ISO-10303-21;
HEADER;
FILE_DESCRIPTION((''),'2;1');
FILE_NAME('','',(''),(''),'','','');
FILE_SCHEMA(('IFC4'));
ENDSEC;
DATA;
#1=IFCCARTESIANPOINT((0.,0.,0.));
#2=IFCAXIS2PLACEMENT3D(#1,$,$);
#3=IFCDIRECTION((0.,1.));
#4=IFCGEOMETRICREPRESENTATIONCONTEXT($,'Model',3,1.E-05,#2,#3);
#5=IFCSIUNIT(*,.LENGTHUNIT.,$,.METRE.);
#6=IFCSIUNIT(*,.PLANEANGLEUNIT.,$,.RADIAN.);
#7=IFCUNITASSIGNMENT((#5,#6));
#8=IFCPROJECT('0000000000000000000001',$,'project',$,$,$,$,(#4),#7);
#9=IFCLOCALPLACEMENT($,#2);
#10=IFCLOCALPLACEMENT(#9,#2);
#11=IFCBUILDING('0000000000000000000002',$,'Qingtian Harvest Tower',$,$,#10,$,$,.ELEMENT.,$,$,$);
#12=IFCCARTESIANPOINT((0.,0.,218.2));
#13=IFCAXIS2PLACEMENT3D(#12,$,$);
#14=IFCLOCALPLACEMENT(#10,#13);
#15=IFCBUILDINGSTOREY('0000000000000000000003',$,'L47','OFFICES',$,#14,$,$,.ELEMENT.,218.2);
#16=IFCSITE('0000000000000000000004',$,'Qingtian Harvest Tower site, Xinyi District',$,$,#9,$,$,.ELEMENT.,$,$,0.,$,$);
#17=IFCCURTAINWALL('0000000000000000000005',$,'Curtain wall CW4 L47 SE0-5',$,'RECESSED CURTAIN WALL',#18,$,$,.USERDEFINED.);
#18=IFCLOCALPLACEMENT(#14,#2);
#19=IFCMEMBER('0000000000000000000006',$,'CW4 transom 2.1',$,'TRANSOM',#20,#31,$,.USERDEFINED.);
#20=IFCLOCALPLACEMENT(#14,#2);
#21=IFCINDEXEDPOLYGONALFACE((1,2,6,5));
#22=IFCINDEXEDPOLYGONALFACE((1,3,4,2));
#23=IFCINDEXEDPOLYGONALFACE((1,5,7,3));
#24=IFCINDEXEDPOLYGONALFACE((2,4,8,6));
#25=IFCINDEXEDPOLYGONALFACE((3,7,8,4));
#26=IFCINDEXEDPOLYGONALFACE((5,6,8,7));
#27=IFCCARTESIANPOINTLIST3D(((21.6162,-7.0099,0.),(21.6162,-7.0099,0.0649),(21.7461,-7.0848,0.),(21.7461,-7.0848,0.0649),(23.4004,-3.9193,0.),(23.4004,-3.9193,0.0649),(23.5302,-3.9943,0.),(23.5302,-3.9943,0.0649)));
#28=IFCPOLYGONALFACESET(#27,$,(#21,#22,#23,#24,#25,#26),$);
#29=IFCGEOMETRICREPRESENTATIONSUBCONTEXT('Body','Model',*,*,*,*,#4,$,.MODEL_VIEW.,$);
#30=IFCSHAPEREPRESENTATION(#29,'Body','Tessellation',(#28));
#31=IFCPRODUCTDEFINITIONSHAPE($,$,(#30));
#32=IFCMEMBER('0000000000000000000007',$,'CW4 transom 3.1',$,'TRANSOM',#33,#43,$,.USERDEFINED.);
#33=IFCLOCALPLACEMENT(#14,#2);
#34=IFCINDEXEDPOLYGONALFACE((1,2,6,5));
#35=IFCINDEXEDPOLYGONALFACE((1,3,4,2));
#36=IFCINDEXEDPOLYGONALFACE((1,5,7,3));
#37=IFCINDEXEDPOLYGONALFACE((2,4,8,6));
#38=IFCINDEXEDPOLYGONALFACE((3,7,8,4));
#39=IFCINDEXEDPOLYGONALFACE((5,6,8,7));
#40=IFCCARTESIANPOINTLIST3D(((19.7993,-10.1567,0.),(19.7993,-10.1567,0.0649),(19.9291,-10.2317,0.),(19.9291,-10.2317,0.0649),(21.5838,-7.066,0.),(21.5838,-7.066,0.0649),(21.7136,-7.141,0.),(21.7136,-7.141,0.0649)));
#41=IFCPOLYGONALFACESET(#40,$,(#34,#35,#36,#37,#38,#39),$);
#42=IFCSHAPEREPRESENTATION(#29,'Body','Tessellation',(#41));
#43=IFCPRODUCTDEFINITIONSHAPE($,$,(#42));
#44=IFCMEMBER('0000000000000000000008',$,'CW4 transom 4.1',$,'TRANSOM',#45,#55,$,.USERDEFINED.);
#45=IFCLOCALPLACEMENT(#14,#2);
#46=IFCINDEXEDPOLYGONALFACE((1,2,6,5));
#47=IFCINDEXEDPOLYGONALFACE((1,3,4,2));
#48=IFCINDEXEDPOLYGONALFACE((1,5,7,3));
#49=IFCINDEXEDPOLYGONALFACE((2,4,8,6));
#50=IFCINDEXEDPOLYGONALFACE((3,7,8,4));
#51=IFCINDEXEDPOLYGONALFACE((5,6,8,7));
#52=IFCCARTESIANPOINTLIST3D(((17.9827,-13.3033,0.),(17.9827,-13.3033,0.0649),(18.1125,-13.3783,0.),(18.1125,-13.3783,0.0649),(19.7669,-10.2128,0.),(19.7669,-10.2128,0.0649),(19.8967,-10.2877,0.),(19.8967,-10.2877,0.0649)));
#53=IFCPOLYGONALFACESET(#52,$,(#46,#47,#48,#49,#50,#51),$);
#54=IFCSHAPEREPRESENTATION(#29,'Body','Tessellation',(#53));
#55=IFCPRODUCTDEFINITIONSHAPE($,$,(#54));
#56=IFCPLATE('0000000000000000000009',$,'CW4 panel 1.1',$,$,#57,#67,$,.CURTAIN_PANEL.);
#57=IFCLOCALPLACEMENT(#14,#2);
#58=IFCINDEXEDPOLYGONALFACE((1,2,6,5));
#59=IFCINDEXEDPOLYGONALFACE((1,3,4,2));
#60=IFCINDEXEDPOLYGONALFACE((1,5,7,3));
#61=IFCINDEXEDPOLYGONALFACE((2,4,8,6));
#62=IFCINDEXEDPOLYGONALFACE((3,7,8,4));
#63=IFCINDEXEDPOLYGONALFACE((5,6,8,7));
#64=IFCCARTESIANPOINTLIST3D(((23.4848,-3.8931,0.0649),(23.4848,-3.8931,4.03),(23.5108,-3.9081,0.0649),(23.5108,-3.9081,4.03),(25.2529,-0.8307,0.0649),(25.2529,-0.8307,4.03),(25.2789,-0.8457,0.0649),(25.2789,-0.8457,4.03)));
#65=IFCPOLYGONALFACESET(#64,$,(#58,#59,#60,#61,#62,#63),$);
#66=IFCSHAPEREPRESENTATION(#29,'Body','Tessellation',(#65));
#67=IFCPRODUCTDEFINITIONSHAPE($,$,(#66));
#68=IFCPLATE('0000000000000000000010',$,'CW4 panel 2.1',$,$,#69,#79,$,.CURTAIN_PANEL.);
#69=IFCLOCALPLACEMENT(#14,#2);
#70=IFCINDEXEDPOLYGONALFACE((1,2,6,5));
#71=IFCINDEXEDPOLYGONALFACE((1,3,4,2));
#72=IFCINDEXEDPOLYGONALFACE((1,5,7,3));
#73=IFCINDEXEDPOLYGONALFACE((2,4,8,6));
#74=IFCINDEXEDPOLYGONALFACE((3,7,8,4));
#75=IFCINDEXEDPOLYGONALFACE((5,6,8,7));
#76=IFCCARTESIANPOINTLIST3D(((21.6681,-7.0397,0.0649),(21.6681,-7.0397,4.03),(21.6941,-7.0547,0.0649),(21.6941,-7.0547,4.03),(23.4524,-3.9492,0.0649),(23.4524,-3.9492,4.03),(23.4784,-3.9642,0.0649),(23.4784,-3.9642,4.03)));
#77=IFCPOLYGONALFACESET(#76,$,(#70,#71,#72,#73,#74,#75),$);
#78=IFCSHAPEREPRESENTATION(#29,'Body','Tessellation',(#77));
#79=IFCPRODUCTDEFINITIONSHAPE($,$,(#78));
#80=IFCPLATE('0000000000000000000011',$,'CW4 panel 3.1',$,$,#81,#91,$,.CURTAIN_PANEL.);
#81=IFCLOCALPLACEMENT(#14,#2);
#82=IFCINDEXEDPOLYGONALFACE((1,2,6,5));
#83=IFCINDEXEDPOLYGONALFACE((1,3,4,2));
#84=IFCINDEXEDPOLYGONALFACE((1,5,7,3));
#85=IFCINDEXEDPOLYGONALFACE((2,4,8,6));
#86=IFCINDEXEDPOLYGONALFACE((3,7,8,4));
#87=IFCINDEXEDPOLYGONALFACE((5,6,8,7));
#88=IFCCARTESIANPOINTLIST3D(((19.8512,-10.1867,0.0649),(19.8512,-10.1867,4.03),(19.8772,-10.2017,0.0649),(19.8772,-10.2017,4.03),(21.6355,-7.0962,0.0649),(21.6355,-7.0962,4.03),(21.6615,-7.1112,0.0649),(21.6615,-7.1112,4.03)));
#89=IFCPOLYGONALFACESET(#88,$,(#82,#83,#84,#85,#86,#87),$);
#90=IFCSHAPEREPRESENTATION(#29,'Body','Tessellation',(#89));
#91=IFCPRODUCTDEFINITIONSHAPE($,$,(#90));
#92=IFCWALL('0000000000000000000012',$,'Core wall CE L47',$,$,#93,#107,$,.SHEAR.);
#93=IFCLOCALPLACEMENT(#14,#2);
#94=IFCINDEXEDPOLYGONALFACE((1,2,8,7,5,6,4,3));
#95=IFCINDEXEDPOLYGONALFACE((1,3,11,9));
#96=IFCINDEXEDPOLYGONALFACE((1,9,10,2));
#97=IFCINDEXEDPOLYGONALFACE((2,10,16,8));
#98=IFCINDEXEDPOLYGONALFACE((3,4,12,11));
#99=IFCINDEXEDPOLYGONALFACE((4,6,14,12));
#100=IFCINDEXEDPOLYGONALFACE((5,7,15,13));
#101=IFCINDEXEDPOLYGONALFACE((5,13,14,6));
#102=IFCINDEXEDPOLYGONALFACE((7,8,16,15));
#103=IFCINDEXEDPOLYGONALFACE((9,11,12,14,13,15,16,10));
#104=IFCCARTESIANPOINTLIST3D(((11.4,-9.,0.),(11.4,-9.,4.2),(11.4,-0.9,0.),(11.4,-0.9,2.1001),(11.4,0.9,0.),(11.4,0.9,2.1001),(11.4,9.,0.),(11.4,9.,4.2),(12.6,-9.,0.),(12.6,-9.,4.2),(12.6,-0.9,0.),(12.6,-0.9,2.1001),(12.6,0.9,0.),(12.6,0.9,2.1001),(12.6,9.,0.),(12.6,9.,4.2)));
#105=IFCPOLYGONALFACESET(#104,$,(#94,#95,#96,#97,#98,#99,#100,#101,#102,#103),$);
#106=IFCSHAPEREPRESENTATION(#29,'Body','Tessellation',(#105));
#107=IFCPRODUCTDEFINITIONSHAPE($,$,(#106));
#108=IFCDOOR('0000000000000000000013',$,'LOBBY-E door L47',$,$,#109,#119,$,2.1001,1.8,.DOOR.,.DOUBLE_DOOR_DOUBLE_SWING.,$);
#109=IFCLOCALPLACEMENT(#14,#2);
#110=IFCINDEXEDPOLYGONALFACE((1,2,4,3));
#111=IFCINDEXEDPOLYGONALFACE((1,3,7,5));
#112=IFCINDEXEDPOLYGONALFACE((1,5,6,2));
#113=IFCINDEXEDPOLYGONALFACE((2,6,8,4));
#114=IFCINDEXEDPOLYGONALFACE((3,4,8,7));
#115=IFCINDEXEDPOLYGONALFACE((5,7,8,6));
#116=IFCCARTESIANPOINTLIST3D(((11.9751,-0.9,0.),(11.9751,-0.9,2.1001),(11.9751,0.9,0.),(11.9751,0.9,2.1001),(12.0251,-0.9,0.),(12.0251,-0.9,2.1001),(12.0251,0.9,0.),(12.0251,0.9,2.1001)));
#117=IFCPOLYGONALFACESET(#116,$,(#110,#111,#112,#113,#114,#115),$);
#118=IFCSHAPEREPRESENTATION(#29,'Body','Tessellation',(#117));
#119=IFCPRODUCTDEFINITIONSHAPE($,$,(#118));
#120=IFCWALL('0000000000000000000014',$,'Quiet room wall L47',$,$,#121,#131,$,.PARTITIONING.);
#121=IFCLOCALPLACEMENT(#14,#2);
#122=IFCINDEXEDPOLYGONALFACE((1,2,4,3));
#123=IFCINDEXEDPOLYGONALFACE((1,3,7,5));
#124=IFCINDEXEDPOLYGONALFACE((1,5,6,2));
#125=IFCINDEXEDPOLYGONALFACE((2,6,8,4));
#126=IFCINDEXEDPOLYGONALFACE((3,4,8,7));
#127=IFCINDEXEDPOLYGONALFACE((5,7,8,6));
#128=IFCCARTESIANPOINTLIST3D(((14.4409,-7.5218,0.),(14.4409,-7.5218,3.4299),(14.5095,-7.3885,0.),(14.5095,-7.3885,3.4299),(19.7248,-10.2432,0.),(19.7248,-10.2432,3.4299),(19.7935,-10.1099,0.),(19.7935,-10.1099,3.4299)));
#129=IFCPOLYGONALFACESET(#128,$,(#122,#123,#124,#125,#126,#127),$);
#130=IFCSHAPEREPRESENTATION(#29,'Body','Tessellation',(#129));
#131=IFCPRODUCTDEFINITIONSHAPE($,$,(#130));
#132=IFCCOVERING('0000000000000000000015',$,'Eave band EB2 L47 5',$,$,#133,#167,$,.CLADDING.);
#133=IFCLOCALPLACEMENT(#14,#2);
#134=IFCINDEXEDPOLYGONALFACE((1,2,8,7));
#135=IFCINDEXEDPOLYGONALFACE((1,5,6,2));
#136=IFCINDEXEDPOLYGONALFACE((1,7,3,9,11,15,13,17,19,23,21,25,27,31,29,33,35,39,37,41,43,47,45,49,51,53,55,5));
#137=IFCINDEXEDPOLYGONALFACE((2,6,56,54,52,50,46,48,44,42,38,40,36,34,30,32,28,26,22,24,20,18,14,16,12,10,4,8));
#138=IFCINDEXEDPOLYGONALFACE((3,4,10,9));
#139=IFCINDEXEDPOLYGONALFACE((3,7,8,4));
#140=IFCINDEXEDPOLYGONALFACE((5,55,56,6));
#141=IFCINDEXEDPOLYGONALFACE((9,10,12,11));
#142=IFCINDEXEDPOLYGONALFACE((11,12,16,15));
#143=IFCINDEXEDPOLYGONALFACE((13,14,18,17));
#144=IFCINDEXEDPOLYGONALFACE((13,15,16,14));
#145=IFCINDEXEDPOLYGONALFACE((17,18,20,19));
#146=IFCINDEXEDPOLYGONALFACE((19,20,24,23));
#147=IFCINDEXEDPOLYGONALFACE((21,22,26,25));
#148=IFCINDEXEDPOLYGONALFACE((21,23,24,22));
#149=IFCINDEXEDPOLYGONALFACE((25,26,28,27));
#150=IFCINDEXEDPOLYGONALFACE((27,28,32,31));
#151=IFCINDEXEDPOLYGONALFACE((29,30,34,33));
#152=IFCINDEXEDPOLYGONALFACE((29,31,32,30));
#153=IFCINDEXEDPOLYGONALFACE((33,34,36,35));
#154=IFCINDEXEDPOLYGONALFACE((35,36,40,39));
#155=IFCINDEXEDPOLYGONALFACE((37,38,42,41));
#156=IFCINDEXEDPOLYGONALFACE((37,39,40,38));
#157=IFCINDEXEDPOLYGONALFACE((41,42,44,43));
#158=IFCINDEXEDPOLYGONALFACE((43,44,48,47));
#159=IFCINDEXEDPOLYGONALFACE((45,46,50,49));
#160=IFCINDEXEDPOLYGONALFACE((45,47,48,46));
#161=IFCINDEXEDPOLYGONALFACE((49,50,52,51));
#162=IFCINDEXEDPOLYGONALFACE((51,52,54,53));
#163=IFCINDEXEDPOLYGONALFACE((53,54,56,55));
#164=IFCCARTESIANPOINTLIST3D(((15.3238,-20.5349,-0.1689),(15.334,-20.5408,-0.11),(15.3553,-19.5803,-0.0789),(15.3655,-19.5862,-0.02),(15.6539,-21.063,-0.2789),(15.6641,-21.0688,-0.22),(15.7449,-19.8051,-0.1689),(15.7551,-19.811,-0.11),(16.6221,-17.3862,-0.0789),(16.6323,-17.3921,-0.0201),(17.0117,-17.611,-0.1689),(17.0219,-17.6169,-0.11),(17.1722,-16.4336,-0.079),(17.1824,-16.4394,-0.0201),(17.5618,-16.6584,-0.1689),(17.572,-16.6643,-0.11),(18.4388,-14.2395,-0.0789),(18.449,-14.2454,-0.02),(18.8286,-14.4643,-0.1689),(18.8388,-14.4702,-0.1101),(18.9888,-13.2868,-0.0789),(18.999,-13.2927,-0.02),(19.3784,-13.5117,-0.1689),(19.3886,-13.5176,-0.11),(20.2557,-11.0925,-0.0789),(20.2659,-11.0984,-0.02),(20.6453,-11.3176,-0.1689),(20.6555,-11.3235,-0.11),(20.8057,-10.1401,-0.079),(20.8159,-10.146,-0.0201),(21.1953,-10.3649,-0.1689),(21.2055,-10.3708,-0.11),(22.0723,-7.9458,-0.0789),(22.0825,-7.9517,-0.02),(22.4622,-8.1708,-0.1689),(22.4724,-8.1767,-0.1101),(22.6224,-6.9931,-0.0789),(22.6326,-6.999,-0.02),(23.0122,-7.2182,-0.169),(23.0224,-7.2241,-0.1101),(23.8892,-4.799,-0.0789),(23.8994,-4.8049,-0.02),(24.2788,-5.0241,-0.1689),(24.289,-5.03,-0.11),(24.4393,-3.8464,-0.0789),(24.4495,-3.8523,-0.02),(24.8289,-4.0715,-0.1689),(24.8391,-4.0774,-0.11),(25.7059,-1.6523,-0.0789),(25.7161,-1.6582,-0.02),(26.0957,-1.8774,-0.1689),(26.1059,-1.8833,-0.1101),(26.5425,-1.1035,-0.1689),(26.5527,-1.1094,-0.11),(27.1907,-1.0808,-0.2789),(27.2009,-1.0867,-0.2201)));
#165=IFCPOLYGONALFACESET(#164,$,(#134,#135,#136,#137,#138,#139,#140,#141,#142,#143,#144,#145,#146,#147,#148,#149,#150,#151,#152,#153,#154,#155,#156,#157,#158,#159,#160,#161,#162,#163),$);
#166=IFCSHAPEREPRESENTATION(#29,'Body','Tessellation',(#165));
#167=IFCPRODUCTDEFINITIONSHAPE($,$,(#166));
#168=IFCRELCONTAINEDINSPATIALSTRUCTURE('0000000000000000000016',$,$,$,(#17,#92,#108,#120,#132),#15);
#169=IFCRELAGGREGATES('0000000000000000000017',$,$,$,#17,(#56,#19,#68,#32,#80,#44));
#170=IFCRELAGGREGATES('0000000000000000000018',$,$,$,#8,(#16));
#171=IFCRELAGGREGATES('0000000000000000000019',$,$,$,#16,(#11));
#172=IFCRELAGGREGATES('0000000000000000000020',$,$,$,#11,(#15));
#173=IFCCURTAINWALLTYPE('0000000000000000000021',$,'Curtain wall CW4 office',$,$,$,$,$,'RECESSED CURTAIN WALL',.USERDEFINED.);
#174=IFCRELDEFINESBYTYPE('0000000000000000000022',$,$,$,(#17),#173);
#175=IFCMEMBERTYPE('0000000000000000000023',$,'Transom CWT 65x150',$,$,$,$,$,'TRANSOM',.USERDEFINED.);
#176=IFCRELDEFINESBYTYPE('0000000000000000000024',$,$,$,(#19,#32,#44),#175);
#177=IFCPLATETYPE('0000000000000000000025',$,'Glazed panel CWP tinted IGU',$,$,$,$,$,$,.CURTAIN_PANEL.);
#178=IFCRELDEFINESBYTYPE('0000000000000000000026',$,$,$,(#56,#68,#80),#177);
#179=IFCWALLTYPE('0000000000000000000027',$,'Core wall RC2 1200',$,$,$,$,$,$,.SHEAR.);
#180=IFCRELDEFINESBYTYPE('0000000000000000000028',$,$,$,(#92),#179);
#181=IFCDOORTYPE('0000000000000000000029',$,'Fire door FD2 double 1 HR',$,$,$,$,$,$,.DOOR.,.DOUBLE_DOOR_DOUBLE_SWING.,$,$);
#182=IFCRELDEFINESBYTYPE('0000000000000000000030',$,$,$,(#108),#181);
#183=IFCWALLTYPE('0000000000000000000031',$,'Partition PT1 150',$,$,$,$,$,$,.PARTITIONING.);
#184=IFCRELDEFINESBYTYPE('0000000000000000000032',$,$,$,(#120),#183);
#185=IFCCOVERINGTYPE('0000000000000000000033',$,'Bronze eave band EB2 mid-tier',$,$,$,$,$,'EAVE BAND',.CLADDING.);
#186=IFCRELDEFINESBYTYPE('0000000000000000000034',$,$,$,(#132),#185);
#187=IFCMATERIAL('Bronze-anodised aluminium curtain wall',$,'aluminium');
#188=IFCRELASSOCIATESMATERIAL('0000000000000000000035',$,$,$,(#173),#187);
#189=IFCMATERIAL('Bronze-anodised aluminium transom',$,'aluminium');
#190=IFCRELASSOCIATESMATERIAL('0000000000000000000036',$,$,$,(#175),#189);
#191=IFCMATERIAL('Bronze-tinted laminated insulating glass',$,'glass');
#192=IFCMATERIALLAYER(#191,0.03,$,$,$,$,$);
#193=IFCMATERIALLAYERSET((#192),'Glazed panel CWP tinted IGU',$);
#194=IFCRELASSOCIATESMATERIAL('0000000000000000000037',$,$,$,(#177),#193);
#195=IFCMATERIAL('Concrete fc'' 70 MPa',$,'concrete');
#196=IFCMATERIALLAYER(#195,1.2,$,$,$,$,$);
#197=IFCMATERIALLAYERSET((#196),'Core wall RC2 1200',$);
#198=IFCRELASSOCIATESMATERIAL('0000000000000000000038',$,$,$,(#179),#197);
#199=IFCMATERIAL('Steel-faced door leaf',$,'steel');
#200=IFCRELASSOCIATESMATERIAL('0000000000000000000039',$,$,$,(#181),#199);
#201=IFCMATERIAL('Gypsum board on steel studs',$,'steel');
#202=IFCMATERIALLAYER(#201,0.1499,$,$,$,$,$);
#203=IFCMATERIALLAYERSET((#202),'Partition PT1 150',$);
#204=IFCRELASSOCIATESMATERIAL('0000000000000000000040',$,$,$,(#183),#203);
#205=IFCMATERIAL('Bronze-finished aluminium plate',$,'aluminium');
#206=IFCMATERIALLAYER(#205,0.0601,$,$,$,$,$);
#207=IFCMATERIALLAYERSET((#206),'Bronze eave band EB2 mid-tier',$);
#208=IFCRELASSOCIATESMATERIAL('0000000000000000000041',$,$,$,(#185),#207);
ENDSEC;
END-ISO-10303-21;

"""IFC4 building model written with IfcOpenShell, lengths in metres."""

from ifc_helpers import new_model, si_unit, direction, frame, frame_2d, origin, origin_2d, place, context, subcontext, project, spatial, polyline, rectangle, outline, extrude, material, layer, layer_set, material_profile, profile_set, type_object, element, fill, aggregate, save


model = new_model("IFC4")

# Units and contexts
model_context = context("Model", 3, precision=1e-05, world=origin(), true_north=direction((0.0, 1.0)))
body_context = subcontext(model_context, "Body", "Model", "MODEL_VIEW")
ifc_project = project(units=[si_unit("LENGTHUNIT", "METRE"), si_unit("PLANEANGLEUNIT", "RADIAN")], contexts=[model_context])

# Site, building, storey
site_placement = place(None, origin())
site = spatial("IfcSite", under=ifc_project, at=site_placement, Name="Qingtian Harvest Tower site, Xinyi District", CompositionType="ELEMENT", RefElevation=0.0)
building_placement = place(site_placement, origin())
building = spatial("IfcBuilding", under=site, at=building_placement, Name="Qingtian Harvest Tower", CompositionType="ELEMENT")
storey_placement = place(building_placement, frame((0.0, 0.0, 218.2)))
storey = spatial("IfcBuildingStorey", under=building, at=storey_placement, Name="L47", Description="OFFICES", CompositionType="ELEMENT", Elevation=218.2)

# Shared definitions
ifc_material_1 = material(Name="Bronze-anodised aluminium curtain wall", Category="aluminium")
curtain_wall_type = type_object("IfcCurtainWallType", Name="Curtain wall CW4 office", ElementType="RECESSED CURTAIN WALL", PredefinedType="USERDEFINED", material=ifc_material_1)

# Curtain wall
curtain_wall_1_placement = place(storey_placement, origin())
curtain_wall_1 = element("IfcCurtainWall", 1, at=curtain_wall_1_placement, inside=storey, type_object=curtain_wall_type, Name="Curtain wall CW4 L47 SE0-5", ObjectType="RECESSED CURTAIN WALL", PredefinedType="USERDEFINED")

# Members
ifc_material_2 = material(Name="Bronze-anodised aluminium transom", Category="aluminium")
ifc_material_profile_1 = material_profile(ifc_material_2, rectangle(XDim=0.1499, YDim=0.0649, at=origin_2d()), Name="AL 65x150")
ifc_profile_set_1 = profile_set([ifc_material_profile_1], Name="Bronze-anodised aluminium transom")
member_type_1 = type_object("IfcMemberType", Name="Transom CWT 65x150", ElementType="TRANSOM", PredefinedType="USERDEFINED", material=ifc_profile_set_1)
member_1_placement = place(storey_placement, frame((23.4653, -3.9568, 0.0325), z_axis=(-0.499965, -0.866045, 0.0), x_axis=(0.866045, -0.499965, 0.0)))
member_1 = element("IfcMember", 2, at=member_1_placement, type_object=member_type_1, Name="CW4 transom 2.1", ObjectType="TRANSOM", PredefinedType="USERDEFINED", context=body_context, shape_type="SweptSolid", body=[
    extrude(rectangle(XDim=0.1499, YDim=0.0649, at=origin_2d()), origin(), (0.0, 0.0, 1.0), 3.5686),
])
member_2_placement = place(storey_placement, frame((21.6487, -7.1035, 0.0325), z_axis=(-0.500017, -0.866016, 0.0), x_axis=(0.866016, -0.500017, 0.0)))
member_2 = element("IfcMember", 3, at=member_2_placement, type_object=member_type_1, Name="CW4 transom 3.1", ObjectType="TRANSOM", PredefinedType="USERDEFINED", context=body_context, shape_type="SweptSolid", body=[
    extrude(rectangle(XDim=0.1499, YDim=0.0649, at=origin_2d()), origin(), (0.0, 0.0, 1.0), 3.5688),
])
member_3_placement = place(storey_placement, frame((19.8318, -10.2502, 0.0325), z_axis=(-0.499965, -0.866045, 0.0), x_axis=(0.866045, -0.499965, 0.0)))
member_3 = element("IfcMember", 4, at=member_3_placement, type_object=member_type_1, Name="CW4 transom 4.1", ObjectType="TRANSOM", PredefinedType="USERDEFINED", context=body_context, shape_type="SweptSolid", body=[
    extrude(rectangle(XDim=0.1499, YDim=0.0649, at=origin_2d()), origin(), (0.0, 0.0, 1.0), 3.5686),
])

# Plates
ifc_material_3 = material(Name="Bronze-tinted laminated insulating glass", Category="glass")
ifc_layer_1 = layer(ifc_material_3, 0.03)
ifc_layer_set_1 = layer_set([ifc_layer_1], Name="Glazed panel CWP tinted IGU")
plate_type = type_object("IfcPlateType", Name="Glazed panel CWP tinted IGU", PredefinedType="CURTAIN_PANEL", material=ifc_layer_set_1)
plate_1_placement = place(storey_placement, frame((24.3818, -2.3694, 0.0649), z_axis=(0.0, 0.0, 1.0), x_axis=(-0.5, -0.866025, 0.0)))
plate_1 = element("IfcPlate", 5, at=plate_1_placement, type_object=plate_type, Name="CW4 panel 1.1", PredefinedType="CURTAIN_PANEL", context=body_context, shape_type="SweptSolid", body=[
    extrude(rectangle(XDim=3.5361, YDim=0.03, at=origin_2d()), origin(), (0.0, 0.0, 1.0), 3.9651),
])
plate_2_placement = place(storey_placement, frame((22.5732, -5.502, 0.0649), z_axis=(0.0, 0.0, 1.0), x_axis=(-0.5, -0.866025, 0.0)))
plate_2 = element("IfcPlate", 6, at=plate_2_placement, type_object=plate_type, Name="CW4 panel 2.1", PredefinedType="CURTAIN_PANEL", context=body_context, shape_type="SweptSolid", body=[
    extrude(rectangle(XDim=3.5686, YDim=0.03, at=origin_2d()), origin(), (0.0, 0.0, 1.0), 3.9651),
])
plate_3_placement = place(storey_placement, frame((20.7563, -8.6489, 0.0649), z_axis=(0.0, 0.0, 1.0), x_axis=(-0.5, -0.866025, 0.0)))
plate_3 = element("IfcPlate", 7, at=plate_3_placement, type_object=plate_type, Name="CW4 panel 3.1", PredefinedType="CURTAIN_PANEL", context=body_context, shape_type="SweptSolid", body=[
    extrude(rectangle(XDim=3.5686, YDim=0.03, at=origin_2d()), origin(), (0.0, 0.0, 1.0), 3.9651),
])
aggregate(curtain_wall_1, [plate_1, member_1, plate_2, member_2, plate_3, member_3])

# Wall, opening, door
ifc_material_4 = material(Name="Concrete fc' 70 MPa", Category="concrete")
ifc_layer_2 = layer(ifc_material_4, 1.2)
ifc_layer_set_2 = layer_set([ifc_layer_2], Name="Core wall RC2 1200")
wall_type_1 = type_object("IfcWallType", Name="Core wall RC2 1200", PredefinedType="SHEAR", material=ifc_layer_set_2)
wall_1_placement = place(storey_placement, frame((12.0, -9.0, 0.0), z_axis=(0.0, 0.0, 1.0), x_axis=(0.0, 1.0, 0.0)))
wall_1 = element("IfcWall", 8, at=wall_1_placement, inside=storey, type_object=wall_type_1, Name="Core wall CE L47", PredefinedType="SHEAR", context=body_context, shape_type="SweptSolid", body=[
    extrude(rectangle(XDim=18.0, YDim=1.2, at=frame_2d((9.0, 0.0))), origin(), (0.0, 0.0, 1.0), 4.2),
])
opening_1_placement = place(wall_1_placement, frame((8.1001, 0.0, 0.0)))
opening_1 = element("IfcOpeningElement", 9, at=opening_1_placement, cuts=wall_1, PredefinedType="OPENING", context=body_context, shape_type="SweptSolid", body=[
    extrude(rectangle(XDim=1.8, YDim=2.1001, at=frame_2d((0.8999, 1.05))), frame((0.0, 0.6099, 0.0), z_axis=(0.0, -1.0, 0.0), x_axis=(1.0, 0.0, 0.0)), (0.0, 0.0, 1.0), 1.22),
])
ifc_material_5 = material(Name="Steel-faced door leaf", Category="steel")
door_type_1 = type_object("IfcDoorType", Name="Fire door FD2 double 1 HR", OperationType="DOUBLE_DOOR_DOUBLE_SWING", PredefinedType="DOOR", material=ifc_material_5)
door_1_placement = place(opening_1_placement, origin())
door_1 = element("IfcDoor", 10, at=door_1_placement, inside=storey, type_object=door_type_1, Name="LOBBY-E door L47", OperationType="DOUBLE_DOOR_DOUBLE_SWING", OverallHeight=2.1001, OverallWidth=1.8, PredefinedType="DOOR", context=body_context, shape_type="SweptSolid", body=[
    extrude(rectangle(XDim=1.8, YDim=2.1001, at=frame_2d((0.8999, 1.05))), frame((0.0, 0.0249, 0.0), z_axis=(0.0, -1.0, 0.0), x_axis=(1.0, 0.0, 0.0)), (0.0, 0.0, 1.0), 0.05),
])
fill(opening_1, door_1)

# Wall
ifc_material_6 = material(Name="Gypsum board on steel studs", Category="steel")
ifc_layer_3 = layer(ifc_material_6, 0.1499)
ifc_layer_set_3 = layer_set([ifc_layer_3], Name="Partition PT1 150")
wall_type_2 = type_object("IfcWallType", Name="Partition PT1 150", PredefinedType="PARTITIONING", material=ifc_layer_set_3)
wall_2_placement = place(storey_placement, frame((19.759, -10.1765, 0.0), z_axis=(0.0, 0.0, 1.0), x_axis=(-0.889015, 0.457878, 0.0)))
element("IfcWall", 11, at=wall_2_placement, inside=storey, type_object=wall_type_2, Name="Quiet room wall L47", PredefinedType="PARTITIONING", context=body_context, shape_type="SweptSolid", body=[
    extrude(rectangle(XDim=5.9436, YDim=0.1499, at=frame_2d((2.9717, 0.0))), origin(), (0.0, 0.0, 1.0), 3.4299),
])

# Covering
ifc_material_7 = material(Name="Bronze-finished aluminium plate", Category="aluminium")
ifc_layer_4 = layer(ifc_material_7, 0.0601)
ifc_layer_set_4 = layer_set([ifc_layer_4], Name="Bronze eave band EB2 mid-tier")
covering_type = type_object("IfcCoveringType", Name="Bronze eave band EB2 mid-tier", ElementType="EAVE BAND", PredefinedType="CLADDING", material=ifc_layer_set_4)
covering_placement = place(storey_placement, frame((25.7161, -1.6582, -0.02), z_axis=(0.169848, -0.098062, 0.980579), x_axis=(0.849213, -0.490278, -0.196123)))
element("IfcCovering", 12, at=covering_placement, inside=storey, type_object=covering_type, Name="Eave band EB2 L47 5", PredefinedType="CLADDING", context=body_context, shape_type="SweptSolid", body=[
    extrude(outline(polyline([(0.0, 0.0), (0.4591, 0.0), (0.4591, 0.8936), (1.02, 1.2374), (1.0195, -21.8361), (0.4587, -21.5438), (0.4586, -20.7013), (-0.0002, -20.7014), (0.0, -18.1678), (0.4587, -18.1677), (0.4588, -17.0677), (0.0, -17.0678), (-0.0001, -14.5343), (0.4589, -14.5341), (0.4587, -13.4342), (0.0, -13.4343), (-0.0001, -10.9005), (0.4588, -10.9007), (0.4589, -9.8006), (0.0001, -9.8007), (-0.0001, -7.2671), (0.459, -7.2671), (0.459, -6.167), (-0.0001, -6.167), (0.0, -3.6335), (0.4589, -3.6336), (0.459, -2.5336), (0.0001, -2.5334), (0.0, 0.0)])), origin(), (0.0, 0.0, -1.0), 0.0601),
])

save(model, "model.ifc")
